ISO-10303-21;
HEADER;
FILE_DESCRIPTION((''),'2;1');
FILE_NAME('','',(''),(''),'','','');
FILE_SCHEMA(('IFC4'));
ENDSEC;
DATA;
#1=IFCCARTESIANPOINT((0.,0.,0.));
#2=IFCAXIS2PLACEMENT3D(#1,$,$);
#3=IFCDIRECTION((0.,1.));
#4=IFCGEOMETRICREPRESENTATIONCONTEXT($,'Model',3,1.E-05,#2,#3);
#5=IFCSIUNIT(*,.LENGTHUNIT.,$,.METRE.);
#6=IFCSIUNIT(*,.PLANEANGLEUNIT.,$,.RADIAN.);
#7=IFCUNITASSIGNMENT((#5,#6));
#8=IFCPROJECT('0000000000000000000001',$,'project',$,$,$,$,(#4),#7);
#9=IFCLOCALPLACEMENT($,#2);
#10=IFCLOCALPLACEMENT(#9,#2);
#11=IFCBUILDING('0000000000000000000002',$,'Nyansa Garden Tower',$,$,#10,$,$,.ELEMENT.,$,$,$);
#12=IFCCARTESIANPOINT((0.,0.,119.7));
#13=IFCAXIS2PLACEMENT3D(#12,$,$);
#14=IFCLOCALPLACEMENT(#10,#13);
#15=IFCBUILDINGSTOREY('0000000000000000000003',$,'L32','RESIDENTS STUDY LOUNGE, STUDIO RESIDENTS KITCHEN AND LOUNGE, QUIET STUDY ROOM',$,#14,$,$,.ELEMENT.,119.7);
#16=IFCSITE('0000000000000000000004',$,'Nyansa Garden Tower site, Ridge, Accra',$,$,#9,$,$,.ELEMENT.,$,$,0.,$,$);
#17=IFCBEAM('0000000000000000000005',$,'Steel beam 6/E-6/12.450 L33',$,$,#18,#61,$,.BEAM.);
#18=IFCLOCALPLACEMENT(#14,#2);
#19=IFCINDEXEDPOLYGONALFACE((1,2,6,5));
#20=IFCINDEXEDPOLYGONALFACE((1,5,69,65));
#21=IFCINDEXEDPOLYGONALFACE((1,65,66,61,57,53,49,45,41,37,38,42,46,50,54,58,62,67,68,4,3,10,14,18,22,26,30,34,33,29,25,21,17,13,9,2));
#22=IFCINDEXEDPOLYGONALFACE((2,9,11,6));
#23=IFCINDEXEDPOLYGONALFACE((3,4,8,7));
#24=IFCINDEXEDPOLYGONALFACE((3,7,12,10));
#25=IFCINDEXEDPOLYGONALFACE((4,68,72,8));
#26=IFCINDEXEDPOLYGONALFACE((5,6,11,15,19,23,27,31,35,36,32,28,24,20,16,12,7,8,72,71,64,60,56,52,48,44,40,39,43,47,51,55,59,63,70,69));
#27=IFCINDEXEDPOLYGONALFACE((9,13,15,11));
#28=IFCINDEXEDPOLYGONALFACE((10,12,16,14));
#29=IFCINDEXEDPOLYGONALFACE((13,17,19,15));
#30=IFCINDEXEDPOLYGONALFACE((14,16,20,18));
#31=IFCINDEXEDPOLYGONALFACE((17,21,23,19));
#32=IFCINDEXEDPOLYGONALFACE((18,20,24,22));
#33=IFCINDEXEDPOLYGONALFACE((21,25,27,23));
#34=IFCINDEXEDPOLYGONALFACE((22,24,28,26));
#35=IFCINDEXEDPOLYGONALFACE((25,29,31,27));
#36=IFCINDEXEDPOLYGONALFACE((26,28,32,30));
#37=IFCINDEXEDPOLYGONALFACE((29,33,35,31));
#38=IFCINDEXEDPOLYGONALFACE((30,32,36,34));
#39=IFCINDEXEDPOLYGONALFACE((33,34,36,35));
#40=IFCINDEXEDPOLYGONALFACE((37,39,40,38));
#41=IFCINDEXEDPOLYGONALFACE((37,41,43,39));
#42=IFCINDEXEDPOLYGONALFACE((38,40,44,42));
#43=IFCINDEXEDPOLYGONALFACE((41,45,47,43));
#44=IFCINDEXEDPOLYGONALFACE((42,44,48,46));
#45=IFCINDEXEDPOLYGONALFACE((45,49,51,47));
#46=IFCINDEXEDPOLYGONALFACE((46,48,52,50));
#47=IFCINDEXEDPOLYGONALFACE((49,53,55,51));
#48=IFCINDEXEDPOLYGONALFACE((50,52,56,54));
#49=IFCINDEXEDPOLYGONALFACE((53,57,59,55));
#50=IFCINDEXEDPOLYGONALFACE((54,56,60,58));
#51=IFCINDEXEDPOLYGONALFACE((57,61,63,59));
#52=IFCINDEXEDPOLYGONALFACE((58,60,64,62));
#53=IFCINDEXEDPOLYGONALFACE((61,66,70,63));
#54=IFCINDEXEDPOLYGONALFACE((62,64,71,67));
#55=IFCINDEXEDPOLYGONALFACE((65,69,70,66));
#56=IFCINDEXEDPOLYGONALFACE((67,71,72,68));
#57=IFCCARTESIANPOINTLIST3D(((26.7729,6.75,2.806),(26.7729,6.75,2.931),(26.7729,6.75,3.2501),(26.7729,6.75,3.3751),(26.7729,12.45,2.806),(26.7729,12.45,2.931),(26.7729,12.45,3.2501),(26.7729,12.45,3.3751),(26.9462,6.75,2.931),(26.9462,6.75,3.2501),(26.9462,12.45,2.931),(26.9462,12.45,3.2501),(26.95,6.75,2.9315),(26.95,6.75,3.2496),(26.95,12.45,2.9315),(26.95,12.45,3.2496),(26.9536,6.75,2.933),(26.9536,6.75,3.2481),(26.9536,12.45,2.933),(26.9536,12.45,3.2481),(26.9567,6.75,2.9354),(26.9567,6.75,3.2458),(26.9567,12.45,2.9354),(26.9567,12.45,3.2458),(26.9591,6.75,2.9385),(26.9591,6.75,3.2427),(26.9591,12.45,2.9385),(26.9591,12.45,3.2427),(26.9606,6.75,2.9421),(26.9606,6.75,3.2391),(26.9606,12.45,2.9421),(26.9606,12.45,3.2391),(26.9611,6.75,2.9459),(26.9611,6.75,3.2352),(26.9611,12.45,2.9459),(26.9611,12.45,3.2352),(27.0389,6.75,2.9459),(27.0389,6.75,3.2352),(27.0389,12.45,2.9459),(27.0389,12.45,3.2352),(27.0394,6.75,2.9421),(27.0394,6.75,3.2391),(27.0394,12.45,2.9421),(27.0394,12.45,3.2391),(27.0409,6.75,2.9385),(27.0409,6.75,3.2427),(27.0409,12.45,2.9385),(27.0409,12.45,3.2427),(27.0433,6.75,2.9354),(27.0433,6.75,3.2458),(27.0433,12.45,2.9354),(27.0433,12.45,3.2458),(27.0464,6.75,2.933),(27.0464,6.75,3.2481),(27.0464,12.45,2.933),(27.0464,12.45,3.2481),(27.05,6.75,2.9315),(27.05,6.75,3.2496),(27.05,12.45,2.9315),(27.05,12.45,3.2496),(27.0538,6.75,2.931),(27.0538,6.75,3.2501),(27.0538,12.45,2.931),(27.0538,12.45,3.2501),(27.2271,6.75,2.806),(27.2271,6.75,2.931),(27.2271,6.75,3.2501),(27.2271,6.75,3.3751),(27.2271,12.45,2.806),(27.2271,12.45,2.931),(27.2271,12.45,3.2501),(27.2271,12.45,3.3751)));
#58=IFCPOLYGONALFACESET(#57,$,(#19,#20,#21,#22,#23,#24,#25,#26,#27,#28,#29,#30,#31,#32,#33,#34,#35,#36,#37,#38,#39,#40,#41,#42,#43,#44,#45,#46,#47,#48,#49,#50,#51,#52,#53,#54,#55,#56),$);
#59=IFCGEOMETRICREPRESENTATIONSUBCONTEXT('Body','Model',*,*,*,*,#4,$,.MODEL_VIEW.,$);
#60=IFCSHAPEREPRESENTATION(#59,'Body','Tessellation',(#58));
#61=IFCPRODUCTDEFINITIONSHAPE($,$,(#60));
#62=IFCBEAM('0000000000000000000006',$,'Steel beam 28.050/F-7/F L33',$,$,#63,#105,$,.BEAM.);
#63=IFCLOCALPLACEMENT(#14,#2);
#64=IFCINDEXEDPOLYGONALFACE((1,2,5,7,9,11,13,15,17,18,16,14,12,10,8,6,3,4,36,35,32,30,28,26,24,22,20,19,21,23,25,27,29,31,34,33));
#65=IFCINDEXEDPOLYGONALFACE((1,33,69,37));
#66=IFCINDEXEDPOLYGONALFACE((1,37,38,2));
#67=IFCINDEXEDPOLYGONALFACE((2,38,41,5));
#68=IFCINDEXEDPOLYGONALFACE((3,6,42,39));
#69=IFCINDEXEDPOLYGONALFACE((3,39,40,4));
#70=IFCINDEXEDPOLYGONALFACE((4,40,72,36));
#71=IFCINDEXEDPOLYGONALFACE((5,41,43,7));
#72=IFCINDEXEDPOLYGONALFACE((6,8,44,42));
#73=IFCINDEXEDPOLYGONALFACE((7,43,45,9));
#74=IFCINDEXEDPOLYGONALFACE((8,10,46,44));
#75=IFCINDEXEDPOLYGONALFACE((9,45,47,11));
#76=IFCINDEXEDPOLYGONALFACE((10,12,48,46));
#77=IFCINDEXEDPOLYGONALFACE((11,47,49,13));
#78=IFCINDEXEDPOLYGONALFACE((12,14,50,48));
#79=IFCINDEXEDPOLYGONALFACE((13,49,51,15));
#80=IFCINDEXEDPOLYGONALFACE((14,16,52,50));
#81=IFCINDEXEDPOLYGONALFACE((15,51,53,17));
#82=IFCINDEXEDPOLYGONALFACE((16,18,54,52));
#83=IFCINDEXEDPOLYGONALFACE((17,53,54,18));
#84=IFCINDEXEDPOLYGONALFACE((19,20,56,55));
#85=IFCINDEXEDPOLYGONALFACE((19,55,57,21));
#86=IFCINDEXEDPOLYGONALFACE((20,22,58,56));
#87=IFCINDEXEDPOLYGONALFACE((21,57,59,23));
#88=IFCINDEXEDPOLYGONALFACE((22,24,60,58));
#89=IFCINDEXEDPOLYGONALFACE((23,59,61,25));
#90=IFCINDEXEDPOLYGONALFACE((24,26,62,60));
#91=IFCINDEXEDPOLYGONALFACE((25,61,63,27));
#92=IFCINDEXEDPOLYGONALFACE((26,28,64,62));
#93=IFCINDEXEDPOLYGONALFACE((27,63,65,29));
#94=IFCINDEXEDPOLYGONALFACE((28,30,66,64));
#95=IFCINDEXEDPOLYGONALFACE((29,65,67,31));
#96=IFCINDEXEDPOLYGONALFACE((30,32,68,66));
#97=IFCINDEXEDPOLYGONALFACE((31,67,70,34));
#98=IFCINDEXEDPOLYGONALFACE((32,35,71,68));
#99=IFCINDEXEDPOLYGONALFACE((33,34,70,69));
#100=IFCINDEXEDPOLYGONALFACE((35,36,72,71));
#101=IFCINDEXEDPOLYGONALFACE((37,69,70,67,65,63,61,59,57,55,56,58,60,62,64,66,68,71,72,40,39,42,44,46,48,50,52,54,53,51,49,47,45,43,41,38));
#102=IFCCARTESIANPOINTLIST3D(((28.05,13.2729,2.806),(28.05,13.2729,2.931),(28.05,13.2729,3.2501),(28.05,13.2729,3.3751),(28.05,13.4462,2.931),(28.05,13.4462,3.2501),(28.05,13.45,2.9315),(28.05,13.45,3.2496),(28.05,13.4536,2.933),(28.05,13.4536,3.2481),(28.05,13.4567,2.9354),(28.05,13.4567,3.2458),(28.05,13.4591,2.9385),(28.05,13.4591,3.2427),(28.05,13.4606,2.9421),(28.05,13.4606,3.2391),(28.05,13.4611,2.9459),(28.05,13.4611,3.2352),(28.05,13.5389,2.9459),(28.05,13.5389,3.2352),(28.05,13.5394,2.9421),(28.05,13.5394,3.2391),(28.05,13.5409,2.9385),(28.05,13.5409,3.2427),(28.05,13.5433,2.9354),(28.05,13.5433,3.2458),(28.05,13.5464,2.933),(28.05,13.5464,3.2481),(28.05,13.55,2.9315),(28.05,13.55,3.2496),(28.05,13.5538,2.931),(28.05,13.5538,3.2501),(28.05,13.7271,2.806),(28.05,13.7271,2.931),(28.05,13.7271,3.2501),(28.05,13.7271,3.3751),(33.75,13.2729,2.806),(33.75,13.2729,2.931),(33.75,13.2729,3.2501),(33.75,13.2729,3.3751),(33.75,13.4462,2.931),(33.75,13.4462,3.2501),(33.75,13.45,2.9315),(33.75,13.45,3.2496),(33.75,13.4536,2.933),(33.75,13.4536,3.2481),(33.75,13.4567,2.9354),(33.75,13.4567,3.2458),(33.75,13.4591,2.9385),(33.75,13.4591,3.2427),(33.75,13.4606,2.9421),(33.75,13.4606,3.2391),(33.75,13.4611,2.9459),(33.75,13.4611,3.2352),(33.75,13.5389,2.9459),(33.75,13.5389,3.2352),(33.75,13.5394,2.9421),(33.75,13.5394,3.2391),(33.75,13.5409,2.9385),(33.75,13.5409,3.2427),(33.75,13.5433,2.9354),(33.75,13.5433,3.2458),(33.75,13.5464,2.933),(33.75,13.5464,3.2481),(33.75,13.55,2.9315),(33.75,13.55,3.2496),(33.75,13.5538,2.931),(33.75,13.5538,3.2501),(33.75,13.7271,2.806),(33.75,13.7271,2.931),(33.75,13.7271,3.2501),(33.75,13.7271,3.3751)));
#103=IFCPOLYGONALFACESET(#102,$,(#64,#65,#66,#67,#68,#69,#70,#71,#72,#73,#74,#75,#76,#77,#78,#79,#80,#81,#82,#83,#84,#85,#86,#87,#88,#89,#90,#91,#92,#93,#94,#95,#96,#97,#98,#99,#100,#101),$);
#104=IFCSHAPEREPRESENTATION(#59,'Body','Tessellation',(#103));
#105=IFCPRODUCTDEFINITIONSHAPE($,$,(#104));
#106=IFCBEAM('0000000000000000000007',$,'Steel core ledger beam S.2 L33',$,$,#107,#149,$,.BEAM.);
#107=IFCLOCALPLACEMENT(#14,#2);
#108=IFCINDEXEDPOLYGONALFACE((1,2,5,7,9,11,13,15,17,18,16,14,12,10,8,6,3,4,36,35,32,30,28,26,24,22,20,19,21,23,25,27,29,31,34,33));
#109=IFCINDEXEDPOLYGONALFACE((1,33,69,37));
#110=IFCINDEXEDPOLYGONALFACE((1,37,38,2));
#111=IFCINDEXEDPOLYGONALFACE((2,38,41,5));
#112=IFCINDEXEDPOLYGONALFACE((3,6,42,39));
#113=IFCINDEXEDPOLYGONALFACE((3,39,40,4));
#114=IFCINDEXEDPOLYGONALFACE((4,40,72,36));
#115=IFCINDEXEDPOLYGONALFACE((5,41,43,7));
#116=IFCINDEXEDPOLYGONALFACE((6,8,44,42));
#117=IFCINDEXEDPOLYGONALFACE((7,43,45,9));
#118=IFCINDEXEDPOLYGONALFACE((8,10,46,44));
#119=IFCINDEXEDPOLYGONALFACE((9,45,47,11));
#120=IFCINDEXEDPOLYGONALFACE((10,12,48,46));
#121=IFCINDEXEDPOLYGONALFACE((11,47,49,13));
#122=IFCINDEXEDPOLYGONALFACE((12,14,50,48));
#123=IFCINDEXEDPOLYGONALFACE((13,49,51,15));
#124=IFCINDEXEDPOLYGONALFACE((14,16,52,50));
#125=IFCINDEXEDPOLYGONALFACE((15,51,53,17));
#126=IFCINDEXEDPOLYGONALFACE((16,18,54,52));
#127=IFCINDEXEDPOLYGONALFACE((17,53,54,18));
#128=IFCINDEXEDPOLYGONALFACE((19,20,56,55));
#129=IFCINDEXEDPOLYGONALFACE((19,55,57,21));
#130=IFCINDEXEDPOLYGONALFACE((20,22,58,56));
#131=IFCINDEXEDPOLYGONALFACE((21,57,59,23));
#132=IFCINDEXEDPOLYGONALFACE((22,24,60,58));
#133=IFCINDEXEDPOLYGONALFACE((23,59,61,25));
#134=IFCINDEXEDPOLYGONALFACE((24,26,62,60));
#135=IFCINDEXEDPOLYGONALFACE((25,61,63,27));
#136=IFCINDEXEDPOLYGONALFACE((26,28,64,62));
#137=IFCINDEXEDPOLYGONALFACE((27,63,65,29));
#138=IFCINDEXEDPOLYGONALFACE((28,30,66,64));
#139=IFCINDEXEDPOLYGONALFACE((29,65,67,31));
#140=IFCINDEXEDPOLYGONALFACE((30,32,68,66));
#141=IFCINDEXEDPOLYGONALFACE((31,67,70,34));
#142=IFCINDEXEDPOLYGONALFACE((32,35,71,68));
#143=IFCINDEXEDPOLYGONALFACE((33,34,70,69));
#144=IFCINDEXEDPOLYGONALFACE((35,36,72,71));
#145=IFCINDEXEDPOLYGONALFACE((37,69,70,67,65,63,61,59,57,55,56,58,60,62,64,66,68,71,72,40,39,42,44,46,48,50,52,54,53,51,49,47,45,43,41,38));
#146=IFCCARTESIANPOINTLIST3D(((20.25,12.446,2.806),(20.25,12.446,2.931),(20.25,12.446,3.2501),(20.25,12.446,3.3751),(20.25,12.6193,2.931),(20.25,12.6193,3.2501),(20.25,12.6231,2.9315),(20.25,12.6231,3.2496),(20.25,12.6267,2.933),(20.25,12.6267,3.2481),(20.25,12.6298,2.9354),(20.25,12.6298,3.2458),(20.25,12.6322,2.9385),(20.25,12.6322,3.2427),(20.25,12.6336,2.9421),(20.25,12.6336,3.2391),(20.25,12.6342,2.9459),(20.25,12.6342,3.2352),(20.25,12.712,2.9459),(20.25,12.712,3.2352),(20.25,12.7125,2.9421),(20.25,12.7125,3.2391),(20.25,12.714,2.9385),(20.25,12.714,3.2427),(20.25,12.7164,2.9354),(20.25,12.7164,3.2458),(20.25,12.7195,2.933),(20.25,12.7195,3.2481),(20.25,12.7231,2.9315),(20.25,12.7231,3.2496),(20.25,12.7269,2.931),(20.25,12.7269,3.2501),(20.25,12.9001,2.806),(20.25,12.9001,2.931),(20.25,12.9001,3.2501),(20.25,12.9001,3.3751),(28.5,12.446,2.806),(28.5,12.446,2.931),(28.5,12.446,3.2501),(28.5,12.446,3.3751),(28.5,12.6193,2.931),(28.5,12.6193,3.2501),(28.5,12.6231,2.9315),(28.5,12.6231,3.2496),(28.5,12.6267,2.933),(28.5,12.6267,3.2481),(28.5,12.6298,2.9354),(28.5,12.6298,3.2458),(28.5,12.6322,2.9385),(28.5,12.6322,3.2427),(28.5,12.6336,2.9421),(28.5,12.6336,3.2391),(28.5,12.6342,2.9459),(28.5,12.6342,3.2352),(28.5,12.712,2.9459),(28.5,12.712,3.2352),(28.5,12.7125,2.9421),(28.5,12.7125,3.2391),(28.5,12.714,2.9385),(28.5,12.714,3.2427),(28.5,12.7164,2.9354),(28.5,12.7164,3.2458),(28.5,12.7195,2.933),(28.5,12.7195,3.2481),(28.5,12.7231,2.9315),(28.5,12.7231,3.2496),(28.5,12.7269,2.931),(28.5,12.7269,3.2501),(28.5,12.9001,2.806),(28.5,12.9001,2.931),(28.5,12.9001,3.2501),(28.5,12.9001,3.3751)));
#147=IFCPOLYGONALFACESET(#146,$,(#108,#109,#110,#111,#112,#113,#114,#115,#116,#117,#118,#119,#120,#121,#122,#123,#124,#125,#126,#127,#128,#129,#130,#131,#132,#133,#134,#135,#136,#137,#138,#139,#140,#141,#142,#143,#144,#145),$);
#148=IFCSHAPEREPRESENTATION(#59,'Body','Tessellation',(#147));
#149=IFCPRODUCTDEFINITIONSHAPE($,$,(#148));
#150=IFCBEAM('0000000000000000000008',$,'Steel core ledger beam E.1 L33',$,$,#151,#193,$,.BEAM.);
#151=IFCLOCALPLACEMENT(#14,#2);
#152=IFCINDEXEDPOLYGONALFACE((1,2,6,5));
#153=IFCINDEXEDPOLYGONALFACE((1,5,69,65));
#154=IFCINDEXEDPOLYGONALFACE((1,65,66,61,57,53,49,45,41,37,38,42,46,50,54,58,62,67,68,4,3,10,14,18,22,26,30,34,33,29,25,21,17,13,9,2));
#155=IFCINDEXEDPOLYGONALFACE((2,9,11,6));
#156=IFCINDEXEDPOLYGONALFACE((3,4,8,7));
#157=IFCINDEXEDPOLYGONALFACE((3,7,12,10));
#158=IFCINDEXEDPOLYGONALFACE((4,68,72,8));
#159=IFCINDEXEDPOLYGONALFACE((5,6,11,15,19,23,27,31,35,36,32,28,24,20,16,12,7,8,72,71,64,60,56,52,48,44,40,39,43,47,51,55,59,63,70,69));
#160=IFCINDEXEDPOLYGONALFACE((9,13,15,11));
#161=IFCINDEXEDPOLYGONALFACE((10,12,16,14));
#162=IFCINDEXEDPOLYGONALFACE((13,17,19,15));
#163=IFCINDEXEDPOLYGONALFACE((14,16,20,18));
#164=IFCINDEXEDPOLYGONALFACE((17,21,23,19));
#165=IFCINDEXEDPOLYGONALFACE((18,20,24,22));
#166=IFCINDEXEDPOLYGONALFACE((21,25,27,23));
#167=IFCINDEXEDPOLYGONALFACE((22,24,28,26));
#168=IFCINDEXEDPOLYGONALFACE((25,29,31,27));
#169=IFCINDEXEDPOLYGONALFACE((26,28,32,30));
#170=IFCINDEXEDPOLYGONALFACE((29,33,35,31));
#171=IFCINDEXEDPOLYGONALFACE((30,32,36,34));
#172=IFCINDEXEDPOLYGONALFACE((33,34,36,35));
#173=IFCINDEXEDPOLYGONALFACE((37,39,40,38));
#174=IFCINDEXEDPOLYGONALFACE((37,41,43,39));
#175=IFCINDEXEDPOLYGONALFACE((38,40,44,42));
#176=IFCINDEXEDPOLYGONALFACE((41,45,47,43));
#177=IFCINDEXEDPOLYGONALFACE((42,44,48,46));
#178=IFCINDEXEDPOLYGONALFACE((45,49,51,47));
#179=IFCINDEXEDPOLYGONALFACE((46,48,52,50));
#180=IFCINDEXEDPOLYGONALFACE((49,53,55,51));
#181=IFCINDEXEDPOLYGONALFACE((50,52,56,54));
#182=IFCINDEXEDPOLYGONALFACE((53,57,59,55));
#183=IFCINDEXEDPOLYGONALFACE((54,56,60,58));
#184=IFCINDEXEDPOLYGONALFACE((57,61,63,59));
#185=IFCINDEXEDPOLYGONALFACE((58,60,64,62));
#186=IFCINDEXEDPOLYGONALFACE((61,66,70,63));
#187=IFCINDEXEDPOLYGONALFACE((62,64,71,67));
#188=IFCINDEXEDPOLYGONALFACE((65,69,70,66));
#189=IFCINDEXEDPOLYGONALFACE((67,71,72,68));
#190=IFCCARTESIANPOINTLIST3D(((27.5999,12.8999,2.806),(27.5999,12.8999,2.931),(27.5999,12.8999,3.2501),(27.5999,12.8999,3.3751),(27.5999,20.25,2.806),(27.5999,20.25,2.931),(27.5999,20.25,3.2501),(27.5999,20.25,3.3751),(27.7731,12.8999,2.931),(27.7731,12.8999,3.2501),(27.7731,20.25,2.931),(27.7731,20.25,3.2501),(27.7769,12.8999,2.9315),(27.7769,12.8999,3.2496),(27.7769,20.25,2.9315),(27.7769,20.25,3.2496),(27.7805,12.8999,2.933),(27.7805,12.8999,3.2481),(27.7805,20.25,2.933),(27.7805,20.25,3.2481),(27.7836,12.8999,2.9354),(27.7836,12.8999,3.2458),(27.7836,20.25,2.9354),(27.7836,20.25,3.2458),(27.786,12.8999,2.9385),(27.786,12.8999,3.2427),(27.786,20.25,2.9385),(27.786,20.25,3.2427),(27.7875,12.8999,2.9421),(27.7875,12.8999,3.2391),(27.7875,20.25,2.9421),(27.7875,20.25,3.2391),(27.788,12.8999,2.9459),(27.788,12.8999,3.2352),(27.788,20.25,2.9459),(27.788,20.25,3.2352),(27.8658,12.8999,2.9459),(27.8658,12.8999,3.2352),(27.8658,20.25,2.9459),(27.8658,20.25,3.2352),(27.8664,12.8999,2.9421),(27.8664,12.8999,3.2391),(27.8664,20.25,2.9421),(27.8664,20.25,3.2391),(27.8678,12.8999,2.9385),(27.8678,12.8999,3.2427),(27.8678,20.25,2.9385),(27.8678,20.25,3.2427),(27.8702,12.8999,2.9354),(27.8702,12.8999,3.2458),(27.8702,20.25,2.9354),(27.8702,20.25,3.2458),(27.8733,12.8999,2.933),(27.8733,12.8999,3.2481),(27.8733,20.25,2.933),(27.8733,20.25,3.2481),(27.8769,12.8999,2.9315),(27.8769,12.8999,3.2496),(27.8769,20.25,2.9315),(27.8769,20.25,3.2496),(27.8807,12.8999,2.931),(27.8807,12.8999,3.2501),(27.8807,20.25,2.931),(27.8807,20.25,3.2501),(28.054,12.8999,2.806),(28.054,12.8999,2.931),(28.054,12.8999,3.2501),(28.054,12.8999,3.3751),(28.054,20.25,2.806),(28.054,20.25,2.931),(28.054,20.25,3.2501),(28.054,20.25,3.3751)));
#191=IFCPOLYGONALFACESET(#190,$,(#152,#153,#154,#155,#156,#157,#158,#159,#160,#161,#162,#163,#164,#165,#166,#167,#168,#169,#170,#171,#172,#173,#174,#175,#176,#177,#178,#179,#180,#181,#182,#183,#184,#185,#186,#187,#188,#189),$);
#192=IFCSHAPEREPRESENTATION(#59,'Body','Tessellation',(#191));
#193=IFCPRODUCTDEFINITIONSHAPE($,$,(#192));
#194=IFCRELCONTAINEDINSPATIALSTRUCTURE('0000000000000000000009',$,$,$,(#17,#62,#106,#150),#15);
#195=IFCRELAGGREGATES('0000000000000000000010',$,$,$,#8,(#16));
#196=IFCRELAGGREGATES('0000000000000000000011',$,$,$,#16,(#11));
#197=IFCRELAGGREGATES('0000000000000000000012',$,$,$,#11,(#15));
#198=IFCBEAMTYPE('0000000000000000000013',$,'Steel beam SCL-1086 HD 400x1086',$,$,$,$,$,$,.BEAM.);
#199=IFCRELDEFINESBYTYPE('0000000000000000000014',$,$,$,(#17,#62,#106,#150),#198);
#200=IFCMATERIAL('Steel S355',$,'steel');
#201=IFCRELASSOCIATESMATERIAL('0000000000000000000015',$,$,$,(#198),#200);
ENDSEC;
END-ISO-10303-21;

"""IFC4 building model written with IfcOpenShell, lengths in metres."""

from ifc_helpers import new_model, si_unit, direction, frame, origin, origin_2d, place, context, subcontext, project, spatial, i_section, extrude, material, material_profile, profile_set, type_object, element, save


model = new_model("IFC4")

# Units and contexts
model_context = context("Model", 3, precision=1e-05, world=origin(), true_north=direction((0.0, 1.0)))
body_context = subcontext(model_context, "Body", "Model", "MODEL_VIEW")
ifc_project = project(units=[si_unit("LENGTHUNIT", "METRE"), si_unit("PLANEANGLEUNIT", "RADIAN")], contexts=[model_context])

# Site, building, storey
site_placement = place(None, origin())
site = spatial("IfcSite", under=ifc_project, at=site_placement, Name="Nyansa Garden Tower site, Ridge, Accra", CompositionType="ELEMENT", RefElevation=0.0)
building_placement = place(site_placement, origin())
building = spatial("IfcBuilding", under=site, at=building_placement, Name="Nyansa Garden Tower", CompositionType="ELEMENT")
storey_placement = place(building_placement, frame((0.0, 0.0, 119.7)))
storey = spatial("IfcBuildingStorey", under=building, at=storey_placement, Name="L32", Description="RESIDENTS STUDY LOUNGE, STUDIO RESIDENTS KITCHEN AND LOUNGE, QUIET STUDY ROOM", CompositionType="ELEMENT", Elevation=119.7)

# Beams
ifc_material_1 = material(Name="Steel S355", Category="steel")
ifc_material_profile_1 = material_profile(ifc_material_1, i_section(OverallWidth=0.4541, OverallDepth=0.5691, WebThickness=0.0779, FlangeThickness=0.125, FilletRadius=0.0149, at=origin_2d()), Name="HD 400x1086")
ifc_profile_set_1 = profile_set([ifc_material_profile_1], Name="Steel S355")
beam_type_1 = type_object("IfcBeamType", Name="Steel beam SCL-1086 HD 400x1086", PredefinedType="BEAM", material=ifc_profile_set_1)
for number, where, z_axis, x_axis, name in (
    (1, (27.0, 6.75, 3.0906), (0.0, 1.0, 0.0), (-1.0, 0.0, 0.0), "Steel beam 6/E-6/12.450 L33"),
    (2, (28.05, 13.5, 3.0906), (1.0, 0.0, 0.0), (0.0, 1.0, 0.0), "Steel beam 28.050/F-7/F L33"),
):
    element("IfcBeam", number, at=place(storey_placement, frame(where, z_axis=z_axis, x_axis=x_axis)), inside=storey, type_object=beam_type_1, Name=name, PredefinedType="BEAM", context=body_context, shape_type="SweptSolid", body=[
        extrude(i_section(OverallWidth=0.4541, OverallDepth=0.5691, WebThickness=0.0779, FlangeThickness=0.125, FilletRadius=0.0149, at=origin_2d()), origin(), (0.0, 0.0, 1.0), 5.7),
    ])
beam_1_placement = place(storey_placement, frame((20.25, 12.6731, 3.0906), z_axis=(1.0, 0.0, 0.0), x_axis=(0.0, 1.0, 0.0)))
element("IfcBeam", 3, at=beam_1_placement, inside=storey, type_object=beam_type_1, Name="Steel core ledger beam S.2 L33", PredefinedType="BEAM", context=body_context, shape_type="SweptSolid", body=[
    extrude(i_section(OverallWidth=0.4541, OverallDepth=0.5691, WebThickness=0.0779, FlangeThickness=0.125, FilletRadius=0.0149, at=origin_2d()), origin(), (0.0, 0.0, 1.0), 8.25),
])
beam_2_placement = place(storey_placement, frame((27.8269, 12.8999, 3.0906), z_axis=(0.0, 1.0, 0.0), x_axis=(-1.0, 0.0, 0.0)))
element("IfcBeam", 4, at=beam_2_placement, inside=storey, type_object=beam_type_1, Name="Steel core ledger beam E.1 L33", PredefinedType="BEAM", context=body_context, shape_type="SweptSolid", body=[
    extrude(i_section(OverallWidth=0.4541, OverallDepth=0.5691, WebThickness=0.0779, FlangeThickness=0.125, FilletRadius=0.0149, at=origin_2d()), origin(), (0.0, 0.0, 1.0), 7.3501),
])

save(model, "model.ifc")
